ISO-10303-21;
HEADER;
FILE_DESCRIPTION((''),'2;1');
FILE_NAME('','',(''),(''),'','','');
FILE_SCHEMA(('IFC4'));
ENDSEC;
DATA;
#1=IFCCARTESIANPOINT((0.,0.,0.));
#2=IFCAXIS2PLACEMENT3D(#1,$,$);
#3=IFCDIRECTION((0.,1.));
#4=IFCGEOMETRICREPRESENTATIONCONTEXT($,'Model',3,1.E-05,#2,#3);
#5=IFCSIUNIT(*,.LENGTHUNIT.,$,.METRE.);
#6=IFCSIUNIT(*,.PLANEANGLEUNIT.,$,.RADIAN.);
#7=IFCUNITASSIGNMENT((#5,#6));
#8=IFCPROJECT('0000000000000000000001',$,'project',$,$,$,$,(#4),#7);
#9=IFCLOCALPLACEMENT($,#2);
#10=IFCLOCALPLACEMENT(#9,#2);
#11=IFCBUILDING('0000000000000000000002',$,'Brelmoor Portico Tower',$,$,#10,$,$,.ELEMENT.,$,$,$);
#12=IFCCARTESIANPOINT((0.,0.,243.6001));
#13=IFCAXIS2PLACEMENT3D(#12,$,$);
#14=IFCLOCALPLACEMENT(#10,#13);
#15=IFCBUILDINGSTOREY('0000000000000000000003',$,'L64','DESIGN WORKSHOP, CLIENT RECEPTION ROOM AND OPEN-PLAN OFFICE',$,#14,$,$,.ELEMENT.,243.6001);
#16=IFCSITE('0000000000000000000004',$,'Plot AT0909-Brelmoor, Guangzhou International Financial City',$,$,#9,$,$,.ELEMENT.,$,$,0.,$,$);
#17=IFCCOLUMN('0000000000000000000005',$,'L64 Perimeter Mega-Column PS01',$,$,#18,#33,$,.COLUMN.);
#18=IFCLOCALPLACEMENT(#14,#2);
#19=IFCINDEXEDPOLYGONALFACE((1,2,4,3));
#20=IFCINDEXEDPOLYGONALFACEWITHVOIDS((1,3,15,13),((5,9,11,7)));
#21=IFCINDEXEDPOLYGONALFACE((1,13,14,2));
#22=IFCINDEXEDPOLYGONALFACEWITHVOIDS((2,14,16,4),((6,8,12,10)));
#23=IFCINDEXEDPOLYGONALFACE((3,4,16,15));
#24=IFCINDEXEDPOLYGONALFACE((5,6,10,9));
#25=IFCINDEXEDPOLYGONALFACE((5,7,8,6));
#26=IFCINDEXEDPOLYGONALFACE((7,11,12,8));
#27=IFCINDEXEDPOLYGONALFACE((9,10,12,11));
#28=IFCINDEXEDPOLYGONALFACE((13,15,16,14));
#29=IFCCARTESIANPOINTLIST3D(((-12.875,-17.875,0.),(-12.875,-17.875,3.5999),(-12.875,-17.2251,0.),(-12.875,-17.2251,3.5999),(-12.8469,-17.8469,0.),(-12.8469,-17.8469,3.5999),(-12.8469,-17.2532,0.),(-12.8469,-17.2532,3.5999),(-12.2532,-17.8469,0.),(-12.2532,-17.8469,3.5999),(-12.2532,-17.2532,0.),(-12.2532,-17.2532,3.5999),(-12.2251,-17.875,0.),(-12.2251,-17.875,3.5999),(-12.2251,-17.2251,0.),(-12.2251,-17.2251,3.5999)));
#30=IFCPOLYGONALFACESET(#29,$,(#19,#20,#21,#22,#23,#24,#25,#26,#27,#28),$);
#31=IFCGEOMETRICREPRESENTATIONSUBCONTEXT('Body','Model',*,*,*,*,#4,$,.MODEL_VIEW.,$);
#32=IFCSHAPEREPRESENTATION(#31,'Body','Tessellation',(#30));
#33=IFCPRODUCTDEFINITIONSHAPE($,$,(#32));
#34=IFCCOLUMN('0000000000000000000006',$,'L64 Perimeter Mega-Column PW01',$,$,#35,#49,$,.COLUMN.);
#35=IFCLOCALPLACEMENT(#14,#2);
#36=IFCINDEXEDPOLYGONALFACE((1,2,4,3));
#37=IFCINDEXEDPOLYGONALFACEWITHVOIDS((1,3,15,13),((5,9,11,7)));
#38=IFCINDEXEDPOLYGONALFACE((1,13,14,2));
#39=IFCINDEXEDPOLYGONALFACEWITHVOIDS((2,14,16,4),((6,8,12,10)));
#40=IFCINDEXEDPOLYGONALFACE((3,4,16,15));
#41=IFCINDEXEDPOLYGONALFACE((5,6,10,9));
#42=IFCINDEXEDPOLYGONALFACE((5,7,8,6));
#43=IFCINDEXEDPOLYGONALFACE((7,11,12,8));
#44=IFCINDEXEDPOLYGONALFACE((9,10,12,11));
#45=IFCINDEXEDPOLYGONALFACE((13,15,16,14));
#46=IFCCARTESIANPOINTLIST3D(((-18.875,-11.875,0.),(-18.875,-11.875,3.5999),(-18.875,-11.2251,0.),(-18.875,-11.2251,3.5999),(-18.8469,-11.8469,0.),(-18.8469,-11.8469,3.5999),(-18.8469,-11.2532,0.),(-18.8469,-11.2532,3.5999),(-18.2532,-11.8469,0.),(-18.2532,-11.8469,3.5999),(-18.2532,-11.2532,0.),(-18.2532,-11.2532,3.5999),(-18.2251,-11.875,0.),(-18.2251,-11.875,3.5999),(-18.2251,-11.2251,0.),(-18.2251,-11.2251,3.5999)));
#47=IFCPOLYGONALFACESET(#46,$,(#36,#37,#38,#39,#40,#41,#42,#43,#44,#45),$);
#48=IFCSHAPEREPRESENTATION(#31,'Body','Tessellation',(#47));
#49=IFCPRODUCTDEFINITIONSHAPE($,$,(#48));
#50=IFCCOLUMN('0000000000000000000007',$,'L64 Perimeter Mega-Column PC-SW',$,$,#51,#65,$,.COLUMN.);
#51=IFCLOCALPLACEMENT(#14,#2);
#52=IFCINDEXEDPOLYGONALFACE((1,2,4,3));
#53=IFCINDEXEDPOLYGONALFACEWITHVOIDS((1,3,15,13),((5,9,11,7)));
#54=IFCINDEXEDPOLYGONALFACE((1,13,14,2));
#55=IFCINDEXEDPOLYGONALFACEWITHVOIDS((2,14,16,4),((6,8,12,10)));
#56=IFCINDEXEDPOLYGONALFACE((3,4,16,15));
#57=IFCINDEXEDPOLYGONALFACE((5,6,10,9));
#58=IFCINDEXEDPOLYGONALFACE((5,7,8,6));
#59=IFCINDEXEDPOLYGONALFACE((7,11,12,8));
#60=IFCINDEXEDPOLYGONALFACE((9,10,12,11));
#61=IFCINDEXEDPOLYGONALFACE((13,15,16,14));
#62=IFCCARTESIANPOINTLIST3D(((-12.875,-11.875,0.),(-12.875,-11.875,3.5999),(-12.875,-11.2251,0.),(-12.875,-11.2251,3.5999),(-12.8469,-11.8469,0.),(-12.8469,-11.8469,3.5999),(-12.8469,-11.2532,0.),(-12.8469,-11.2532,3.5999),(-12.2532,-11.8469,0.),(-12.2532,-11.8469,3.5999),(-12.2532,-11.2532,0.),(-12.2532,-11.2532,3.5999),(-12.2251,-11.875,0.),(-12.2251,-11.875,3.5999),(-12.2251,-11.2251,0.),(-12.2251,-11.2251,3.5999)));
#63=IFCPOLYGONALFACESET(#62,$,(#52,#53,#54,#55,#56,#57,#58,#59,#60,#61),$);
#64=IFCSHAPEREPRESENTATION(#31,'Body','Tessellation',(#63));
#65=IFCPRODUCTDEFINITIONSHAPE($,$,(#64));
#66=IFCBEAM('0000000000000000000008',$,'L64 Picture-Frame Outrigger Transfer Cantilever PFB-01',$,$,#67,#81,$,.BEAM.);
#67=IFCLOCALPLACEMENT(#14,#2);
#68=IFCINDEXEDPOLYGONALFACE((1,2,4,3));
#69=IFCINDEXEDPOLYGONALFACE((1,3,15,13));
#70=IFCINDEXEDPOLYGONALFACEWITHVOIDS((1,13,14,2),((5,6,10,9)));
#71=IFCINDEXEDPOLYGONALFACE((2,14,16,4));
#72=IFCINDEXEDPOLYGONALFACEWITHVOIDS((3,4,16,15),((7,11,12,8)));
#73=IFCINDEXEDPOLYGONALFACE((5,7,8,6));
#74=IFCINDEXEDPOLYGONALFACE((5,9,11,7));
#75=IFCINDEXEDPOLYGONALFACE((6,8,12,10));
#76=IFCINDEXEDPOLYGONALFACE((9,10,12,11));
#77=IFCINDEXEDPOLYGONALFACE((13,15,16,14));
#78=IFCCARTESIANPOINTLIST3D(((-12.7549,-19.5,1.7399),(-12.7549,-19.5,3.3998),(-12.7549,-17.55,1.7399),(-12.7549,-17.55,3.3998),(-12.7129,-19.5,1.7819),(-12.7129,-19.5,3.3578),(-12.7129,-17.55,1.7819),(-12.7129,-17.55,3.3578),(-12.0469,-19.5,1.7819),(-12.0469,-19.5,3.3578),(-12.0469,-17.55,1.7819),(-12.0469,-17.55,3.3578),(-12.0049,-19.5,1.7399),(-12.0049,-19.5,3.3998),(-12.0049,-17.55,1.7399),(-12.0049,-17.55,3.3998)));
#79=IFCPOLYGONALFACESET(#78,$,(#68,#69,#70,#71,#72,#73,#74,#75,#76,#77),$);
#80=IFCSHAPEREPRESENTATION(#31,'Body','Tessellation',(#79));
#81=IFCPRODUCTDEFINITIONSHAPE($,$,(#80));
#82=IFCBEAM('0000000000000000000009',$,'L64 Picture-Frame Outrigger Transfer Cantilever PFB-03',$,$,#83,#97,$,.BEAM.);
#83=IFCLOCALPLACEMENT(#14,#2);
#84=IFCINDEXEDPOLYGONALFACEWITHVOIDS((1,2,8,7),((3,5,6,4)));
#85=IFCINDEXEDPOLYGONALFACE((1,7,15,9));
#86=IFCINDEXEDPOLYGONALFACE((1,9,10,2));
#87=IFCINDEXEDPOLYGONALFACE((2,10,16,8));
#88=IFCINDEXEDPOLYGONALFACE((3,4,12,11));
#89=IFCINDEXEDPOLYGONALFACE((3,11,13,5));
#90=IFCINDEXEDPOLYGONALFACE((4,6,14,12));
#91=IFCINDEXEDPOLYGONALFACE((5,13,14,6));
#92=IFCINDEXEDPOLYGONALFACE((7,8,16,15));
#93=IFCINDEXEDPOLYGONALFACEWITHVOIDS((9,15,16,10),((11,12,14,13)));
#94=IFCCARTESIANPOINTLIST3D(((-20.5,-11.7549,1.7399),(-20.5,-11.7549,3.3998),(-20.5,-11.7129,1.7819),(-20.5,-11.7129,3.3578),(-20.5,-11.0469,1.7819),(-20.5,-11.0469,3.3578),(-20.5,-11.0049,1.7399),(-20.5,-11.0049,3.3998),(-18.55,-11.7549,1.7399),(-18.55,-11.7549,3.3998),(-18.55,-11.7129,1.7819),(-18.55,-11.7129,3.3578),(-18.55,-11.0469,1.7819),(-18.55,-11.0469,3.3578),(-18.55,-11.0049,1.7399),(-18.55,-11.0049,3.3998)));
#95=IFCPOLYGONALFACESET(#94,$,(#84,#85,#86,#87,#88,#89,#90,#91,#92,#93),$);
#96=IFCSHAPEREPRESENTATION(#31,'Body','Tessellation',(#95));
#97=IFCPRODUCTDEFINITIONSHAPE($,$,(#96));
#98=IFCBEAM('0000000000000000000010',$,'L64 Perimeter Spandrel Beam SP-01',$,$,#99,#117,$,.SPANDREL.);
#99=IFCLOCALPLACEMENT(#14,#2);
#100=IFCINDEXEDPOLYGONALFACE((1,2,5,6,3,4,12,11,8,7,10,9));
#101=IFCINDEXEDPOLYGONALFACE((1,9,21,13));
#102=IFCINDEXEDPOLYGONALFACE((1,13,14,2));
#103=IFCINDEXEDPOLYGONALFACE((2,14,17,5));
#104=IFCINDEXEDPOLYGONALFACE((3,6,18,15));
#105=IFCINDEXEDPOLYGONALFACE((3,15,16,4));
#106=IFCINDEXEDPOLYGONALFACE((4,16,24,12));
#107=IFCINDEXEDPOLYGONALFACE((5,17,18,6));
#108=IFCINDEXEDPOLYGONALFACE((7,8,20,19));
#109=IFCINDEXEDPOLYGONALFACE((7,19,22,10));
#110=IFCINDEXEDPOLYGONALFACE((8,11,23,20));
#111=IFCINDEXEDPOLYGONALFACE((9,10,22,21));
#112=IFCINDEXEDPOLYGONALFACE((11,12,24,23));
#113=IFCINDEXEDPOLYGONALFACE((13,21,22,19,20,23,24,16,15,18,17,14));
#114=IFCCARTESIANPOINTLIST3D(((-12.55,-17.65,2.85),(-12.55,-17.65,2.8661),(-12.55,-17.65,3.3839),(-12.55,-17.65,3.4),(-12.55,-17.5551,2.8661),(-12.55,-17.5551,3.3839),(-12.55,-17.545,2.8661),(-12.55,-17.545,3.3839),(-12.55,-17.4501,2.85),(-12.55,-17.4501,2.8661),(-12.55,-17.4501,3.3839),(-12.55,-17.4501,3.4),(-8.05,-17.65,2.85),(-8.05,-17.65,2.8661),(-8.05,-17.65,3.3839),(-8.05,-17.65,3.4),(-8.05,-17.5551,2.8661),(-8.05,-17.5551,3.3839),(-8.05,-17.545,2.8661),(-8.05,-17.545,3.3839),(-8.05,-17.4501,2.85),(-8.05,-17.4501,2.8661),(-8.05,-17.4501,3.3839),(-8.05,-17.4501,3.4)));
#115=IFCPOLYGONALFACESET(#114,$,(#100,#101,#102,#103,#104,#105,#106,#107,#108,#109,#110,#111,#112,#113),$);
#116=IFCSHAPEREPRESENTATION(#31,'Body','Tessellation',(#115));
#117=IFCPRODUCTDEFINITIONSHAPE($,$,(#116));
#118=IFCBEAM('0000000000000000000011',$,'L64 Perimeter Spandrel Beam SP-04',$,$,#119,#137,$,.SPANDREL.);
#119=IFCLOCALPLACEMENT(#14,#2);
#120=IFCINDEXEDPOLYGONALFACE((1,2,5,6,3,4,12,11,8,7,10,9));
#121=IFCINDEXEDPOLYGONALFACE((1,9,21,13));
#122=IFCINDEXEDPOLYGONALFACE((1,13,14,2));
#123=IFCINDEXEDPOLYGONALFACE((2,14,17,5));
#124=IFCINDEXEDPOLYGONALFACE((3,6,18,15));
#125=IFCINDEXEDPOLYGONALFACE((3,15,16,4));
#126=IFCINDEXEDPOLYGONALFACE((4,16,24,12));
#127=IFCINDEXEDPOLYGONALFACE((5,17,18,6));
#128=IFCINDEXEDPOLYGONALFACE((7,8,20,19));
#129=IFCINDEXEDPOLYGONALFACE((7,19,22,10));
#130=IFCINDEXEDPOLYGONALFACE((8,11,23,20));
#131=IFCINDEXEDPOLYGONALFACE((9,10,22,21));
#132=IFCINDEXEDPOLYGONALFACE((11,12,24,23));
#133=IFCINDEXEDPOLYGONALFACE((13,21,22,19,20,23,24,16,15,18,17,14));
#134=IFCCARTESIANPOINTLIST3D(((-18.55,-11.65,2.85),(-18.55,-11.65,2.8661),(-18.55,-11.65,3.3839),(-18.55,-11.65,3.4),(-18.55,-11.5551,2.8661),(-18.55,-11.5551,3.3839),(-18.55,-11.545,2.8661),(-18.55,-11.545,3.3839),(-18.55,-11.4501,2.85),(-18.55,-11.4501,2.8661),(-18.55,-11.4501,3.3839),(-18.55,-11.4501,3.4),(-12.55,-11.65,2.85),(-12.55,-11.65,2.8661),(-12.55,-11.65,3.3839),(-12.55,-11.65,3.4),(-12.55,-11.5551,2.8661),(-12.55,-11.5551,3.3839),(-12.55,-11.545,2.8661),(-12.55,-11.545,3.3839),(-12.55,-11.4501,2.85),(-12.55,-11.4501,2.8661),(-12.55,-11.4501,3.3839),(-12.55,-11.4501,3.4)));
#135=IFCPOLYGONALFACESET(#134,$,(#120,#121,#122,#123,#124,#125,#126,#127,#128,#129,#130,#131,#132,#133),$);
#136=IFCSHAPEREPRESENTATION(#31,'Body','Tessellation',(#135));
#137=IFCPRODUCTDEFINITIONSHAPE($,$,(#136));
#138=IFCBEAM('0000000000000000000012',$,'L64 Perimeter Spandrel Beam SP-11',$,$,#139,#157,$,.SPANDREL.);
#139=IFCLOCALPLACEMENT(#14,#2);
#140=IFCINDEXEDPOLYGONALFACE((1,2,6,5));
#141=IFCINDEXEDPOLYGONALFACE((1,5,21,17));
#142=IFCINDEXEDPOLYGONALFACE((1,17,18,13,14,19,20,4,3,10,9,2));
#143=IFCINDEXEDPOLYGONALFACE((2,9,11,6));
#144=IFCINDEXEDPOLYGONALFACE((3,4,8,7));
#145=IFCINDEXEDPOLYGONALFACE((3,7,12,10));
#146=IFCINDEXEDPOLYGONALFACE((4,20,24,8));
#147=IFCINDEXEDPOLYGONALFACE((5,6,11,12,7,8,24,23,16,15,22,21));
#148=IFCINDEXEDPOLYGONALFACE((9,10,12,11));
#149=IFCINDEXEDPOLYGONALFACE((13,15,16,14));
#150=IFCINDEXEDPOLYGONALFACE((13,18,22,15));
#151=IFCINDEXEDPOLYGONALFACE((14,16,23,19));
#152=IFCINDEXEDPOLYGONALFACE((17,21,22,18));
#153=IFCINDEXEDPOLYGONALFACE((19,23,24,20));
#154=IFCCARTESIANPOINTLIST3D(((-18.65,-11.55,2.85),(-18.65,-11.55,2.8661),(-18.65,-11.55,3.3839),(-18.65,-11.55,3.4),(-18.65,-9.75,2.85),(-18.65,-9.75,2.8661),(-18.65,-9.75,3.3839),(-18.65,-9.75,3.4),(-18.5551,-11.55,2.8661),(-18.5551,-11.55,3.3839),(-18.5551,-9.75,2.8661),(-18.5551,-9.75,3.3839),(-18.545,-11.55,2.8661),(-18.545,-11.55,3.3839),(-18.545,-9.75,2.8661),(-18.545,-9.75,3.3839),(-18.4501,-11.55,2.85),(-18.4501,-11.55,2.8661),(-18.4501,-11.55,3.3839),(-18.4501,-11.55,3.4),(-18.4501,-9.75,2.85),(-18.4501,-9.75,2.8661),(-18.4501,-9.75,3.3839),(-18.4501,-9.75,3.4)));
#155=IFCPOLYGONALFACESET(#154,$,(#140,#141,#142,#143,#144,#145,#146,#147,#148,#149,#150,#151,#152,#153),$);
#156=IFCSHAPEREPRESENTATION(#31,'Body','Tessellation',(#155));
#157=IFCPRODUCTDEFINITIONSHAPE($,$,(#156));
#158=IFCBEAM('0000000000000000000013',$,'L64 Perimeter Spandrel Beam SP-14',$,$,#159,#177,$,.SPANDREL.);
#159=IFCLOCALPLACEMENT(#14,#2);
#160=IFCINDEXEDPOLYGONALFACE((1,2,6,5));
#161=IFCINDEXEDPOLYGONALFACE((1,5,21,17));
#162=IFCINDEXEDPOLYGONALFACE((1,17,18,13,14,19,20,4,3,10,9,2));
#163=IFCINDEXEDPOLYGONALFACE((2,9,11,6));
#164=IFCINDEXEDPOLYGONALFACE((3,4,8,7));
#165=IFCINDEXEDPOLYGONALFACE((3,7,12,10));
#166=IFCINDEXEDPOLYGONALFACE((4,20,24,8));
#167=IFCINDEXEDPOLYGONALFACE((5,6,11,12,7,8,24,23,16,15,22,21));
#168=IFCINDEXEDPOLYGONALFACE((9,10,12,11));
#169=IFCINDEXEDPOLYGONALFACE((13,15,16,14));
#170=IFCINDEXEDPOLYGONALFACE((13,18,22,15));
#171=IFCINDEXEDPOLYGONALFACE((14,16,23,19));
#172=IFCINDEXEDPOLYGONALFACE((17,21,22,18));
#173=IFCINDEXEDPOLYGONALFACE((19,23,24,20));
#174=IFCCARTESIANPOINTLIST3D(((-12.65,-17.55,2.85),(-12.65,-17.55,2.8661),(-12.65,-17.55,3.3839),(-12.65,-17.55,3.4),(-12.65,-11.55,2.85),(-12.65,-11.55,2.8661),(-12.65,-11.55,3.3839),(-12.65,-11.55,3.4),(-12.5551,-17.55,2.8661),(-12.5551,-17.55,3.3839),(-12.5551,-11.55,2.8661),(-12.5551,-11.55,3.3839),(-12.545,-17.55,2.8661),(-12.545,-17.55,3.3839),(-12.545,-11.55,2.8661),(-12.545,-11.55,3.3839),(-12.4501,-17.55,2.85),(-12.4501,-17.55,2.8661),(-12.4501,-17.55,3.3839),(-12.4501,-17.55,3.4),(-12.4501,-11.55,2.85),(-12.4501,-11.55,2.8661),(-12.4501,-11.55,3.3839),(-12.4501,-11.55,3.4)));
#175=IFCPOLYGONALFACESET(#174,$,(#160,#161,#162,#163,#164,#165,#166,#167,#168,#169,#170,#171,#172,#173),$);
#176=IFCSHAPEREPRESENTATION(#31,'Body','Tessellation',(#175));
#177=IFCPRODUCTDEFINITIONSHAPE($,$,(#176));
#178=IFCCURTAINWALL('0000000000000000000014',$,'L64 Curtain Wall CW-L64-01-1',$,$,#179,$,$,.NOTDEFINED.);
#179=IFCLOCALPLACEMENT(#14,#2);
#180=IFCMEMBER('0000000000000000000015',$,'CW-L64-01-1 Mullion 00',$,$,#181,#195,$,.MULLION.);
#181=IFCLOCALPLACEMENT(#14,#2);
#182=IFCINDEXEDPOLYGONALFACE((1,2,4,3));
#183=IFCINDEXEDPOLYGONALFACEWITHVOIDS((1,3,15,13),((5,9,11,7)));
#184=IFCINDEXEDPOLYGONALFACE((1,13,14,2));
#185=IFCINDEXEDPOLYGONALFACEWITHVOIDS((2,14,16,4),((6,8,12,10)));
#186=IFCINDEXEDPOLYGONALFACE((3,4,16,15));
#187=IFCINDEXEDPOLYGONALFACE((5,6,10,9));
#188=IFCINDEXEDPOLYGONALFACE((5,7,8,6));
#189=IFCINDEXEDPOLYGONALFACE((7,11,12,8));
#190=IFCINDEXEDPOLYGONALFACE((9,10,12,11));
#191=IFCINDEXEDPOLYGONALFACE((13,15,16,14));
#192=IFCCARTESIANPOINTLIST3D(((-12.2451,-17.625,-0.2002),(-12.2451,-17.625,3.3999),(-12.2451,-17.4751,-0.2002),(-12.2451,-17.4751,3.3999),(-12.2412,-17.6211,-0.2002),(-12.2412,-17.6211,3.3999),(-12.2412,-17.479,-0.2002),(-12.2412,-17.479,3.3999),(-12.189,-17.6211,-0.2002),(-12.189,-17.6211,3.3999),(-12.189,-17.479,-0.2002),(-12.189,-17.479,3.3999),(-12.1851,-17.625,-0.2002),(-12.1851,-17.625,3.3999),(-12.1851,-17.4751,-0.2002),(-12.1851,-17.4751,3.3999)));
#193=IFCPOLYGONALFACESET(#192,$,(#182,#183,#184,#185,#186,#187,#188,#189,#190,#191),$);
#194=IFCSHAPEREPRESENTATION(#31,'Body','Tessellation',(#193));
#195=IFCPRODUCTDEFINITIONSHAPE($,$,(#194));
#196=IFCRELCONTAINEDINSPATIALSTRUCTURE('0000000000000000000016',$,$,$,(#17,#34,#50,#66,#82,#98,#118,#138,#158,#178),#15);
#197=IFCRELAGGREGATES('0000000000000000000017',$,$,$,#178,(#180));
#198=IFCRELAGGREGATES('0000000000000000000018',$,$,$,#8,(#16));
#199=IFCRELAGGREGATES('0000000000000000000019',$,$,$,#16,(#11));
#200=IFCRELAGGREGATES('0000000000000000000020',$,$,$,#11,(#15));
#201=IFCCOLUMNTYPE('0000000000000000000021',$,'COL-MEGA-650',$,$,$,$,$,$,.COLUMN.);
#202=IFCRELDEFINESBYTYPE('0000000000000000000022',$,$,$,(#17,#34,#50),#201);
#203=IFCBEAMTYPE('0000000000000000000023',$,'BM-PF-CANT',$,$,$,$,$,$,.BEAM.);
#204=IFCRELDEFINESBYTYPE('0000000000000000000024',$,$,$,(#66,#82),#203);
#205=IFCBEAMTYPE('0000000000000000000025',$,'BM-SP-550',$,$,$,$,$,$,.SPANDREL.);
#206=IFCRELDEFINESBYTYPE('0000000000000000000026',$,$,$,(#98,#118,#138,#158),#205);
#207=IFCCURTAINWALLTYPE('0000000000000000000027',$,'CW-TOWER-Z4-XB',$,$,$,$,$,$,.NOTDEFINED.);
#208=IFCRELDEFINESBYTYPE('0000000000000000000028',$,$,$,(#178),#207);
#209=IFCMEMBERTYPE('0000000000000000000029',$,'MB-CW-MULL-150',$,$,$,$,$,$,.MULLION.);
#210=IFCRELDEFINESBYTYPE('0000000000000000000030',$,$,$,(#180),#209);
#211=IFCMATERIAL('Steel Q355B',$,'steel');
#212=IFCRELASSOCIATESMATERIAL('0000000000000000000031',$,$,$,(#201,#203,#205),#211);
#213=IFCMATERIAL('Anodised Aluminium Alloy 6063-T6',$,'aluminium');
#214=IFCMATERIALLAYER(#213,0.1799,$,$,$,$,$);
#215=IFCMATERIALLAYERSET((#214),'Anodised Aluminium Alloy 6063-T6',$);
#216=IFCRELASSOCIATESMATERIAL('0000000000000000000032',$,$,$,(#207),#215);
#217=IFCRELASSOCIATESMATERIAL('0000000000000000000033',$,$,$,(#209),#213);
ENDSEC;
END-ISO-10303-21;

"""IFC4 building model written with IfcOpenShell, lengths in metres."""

from ifc_helpers import new_model, si_unit, direction, frame, origin, origin_2d, place, context, subcontext, project, spatial, hollow_rectangle, i_section, extrude, material, layer, layer_set, material_profile, profile_set, type_object, element, aggregate, save


model = new_model("IFC4")

# Units and contexts
model_context = context("Model", 3, precision=1e-05, world=origin(), true_north=direction((0.0, 1.0)))
body_context = subcontext(model_context, "Body", "Model", "MODEL_VIEW")
ifc_project = project(units=[si_unit("LENGTHUNIT", "METRE"), si_unit("PLANEANGLEUNIT", "RADIAN")], contexts=[model_context])

# Site, building, storey
site_placement = place(None, origin())
site = spatial("IfcSite", under=ifc_project, at=site_placement, Name="Plot AT0909-Brelmoor, Guangzhou International Financial City", CompositionType="ELEMENT", RefElevation=0.0)
building_placement = place(site_placement, origin())
building = spatial("IfcBuilding", under=site, at=building_placement, Name="Brelmoor Portico Tower", CompositionType="ELEMENT")
storey_placement = place(building_placement, frame((0.0, 0.0, 243.6001)))
storey = spatial("IfcBuildingStorey", under=building, at=storey_placement, Name="L64", Description="DESIGN WORKSHOP, CLIENT RECEPTION ROOM AND OPEN-PLAN OFFICE", CompositionType="ELEMENT", Elevation=243.6001)

# Columns
ifc_material_1 = material(Name="Steel Q355B", Category="steel")
ifc_material_profile_1 = material_profile(ifc_material_1, hollow_rectangle(XDim=0.6499, YDim=0.6499, WallThickness=0.0281, at=origin_2d()), Name="BOX 650x650x28")
ifc_profile_set_1 = profile_set([ifc_material_profile_1], Name="Steel Q355B")
column_type = type_object("IfcColumnType", Name="COL-MEGA-650", PredefinedType="COLUMN", material=ifc_profile_set_1)
for number, where, z_axis, x_axis, name in (
    (1, (-12.55, -17.55, 0.0), (0.0, 0.0, 1.0), (1.0, 0.0, 0.0), "L64 Perimeter Mega-Column PS01"),
    (2, (-18.55, -11.55, 0.0), (0.0, 0.0, 1.0), (0.0, 1.0, 0.0), "L64 Perimeter Mega-Column PW01"),
    (3, (-12.55, -11.55, 0.0), (0.0, 0.0, 1.0), (1.0, 0.0, 0.0), "L64 Perimeter Mega-Column PC-SW"),
):
    element("IfcColumn", number, at=place(storey_placement, frame(where, z_axis=z_axis, x_axis=x_axis)), inside=storey, type_object=column_type, Name=name, PredefinedType="COLUMN", context=body_context, shape_type="SweptSolid", body=[
        extrude(hollow_rectangle(XDim=0.6499, YDim=0.6499, WallThickness=0.0281, at=origin_2d()), origin(), (0.0, 0.0, 1.0), 3.5999),
    ])

# Beams
ifc_material_profile_2 = material_profile(ifc_material_1, hollow_rectangle(XDim=0.75, YDim=1.6599, WallThickness=0.042, at=origin_2d()), Name="BOX 750x1660x42")
ifc_profile_set_2 = profile_set([ifc_material_profile_2], Name="Steel Q355B")
beam_type_1 = type_object("IfcBeamType", Name="BM-PF-CANT", PredefinedType="BEAM", material=ifc_profile_set_2)
for number, where, z_axis, x_axis, name in (
    (4, (-12.3799, -19.5, 2.5698), (0.0, 1.0, 0.0), (-1.0, 0.0, 0.0), "L64 Picture-Frame Outrigger Transfer Cantilever PFB-01"),
    (5, (-20.5, -11.3799, 2.5698), (1.0, 0.0, 0.0), (0.0, 1.0, 0.0), "L64 Picture-Frame Outrigger Transfer Cantilever PFB-03"),
):
    element("IfcBeam", number, at=place(storey_placement, frame(where, z_axis=z_axis, x_axis=x_axis)), inside=storey, type_object=beam_type_1, Name=name, PredefinedType="BEAM", context=body_context, shape_type="SweptSolid", body=[
        extrude(hollow_rectangle(XDim=0.75, YDim=1.6599, WallThickness=0.042, at=origin_2d()), origin(), (0.0, 0.0, 1.0), 1.95),
    ])
ifc_material_profile_3 = material_profile(ifc_material_1, i_section(OverallWidth=0.2, OverallDepth=0.55, WebThickness=0.01, FlangeThickness=0.0161, at=origin_2d()), Name="HN 550x200x10x16")
ifc_profile_set_3 = profile_set([ifc_material_profile_3], Name="Steel Q355B")
beam_type_2 = type_object("IfcBeamType", Name="BM-SP-550", PredefinedType="SPANDREL", material=ifc_profile_set_3)
beam_1_placement = place(storey_placement, frame((-12.55, -17.55, 3.125), z_axis=(1.0, 0.0, 0.0), x_axis=(0.0, 1.0, 0.0)))
element("IfcBeam", 6, at=beam_1_placement, inside=storey, type_object=beam_type_2, Name="L64 Perimeter Spandrel Beam SP-01", PredefinedType="SPANDREL", context=body_context, shape_type="SweptSolid", body=[
    extrude(i_section(OverallWidth=0.2, OverallDepth=0.55, WebThickness=0.01, FlangeThickness=0.0161, at=origin_2d()), origin(), (0.0, 0.0, 1.0), 4.5),
])
beam_2_placement = place(storey_placement, frame((-18.55, -11.55, 3.125), z_axis=(1.0, 0.0, 0.0), x_axis=(0.0, 1.0, 0.0)))
element("IfcBeam", 7, at=beam_2_placement, inside=storey, type_object=beam_type_2, Name="L64 Perimeter Spandrel Beam SP-04", PredefinedType="SPANDREL", context=body_context, shape_type="SweptSolid", body=[
    extrude(i_section(OverallWidth=0.2, OverallDepth=0.55, WebThickness=0.01, FlangeThickness=0.0161, at=origin_2d()), origin(), (0.0, 0.0, 1.0), 6.0),
])
beam_3_placement = place(storey_placement, frame((-18.55, -11.55, 3.125), z_axis=(0.0, 1.0, 0.0), x_axis=(-1.0, 0.0, 0.0)))
element("IfcBeam", 8, at=beam_3_placement, inside=storey, type_object=beam_type_2, Name="L64 Perimeter Spandrel Beam SP-11", PredefinedType="SPANDREL", context=body_context, shape_type="SweptSolid", body=[
    extrude(i_section(OverallWidth=0.2, OverallDepth=0.55, WebThickness=0.01, FlangeThickness=0.0161, at=origin_2d()), origin(), (0.0, 0.0, 1.0), 1.8),
])
beam_4_placement = place(storey_placement, frame((-12.55, -17.55, 3.125), z_axis=(0.0, 1.0, 0.0), x_axis=(-1.0, 0.0, 0.0)))
element("IfcBeam", 9, at=beam_4_placement, inside=storey, type_object=beam_type_2, Name="L64 Perimeter Spandrel Beam SP-14", PredefinedType="SPANDREL", context=body_context, shape_type="SweptSolid", body=[
    extrude(i_section(OverallWidth=0.2, OverallDepth=0.55, WebThickness=0.01, FlangeThickness=0.0161, at=origin_2d()), origin(), (0.0, 0.0, 1.0), 6.0),
])

# Curtain wall, member
ifc_material_2 = material(Name="Anodised Aluminium Alloy 6063-T6", Category="aluminium")
ifc_layer_1 = layer(ifc_material_2, 0.1799)
ifc_layer_set_1 = layer_set([ifc_layer_1], Name="Anodised Aluminium Alloy 6063-T6")
curtain_wall_type = type_object("IfcCurtainWallType", Name="CW-TOWER-Z4-XB", PredefinedType="NOTDEFINED", material=ifc_layer_set_1)
curtain_wall_1_placement = place(storey_placement, origin())
curtain_wall_1 = element("IfcCurtainWall", 10, at=curtain_wall_1_placement, inside=storey, type_object=curtain_wall_type, Name="L64 Curtain Wall CW-L64-01-1", PredefinedType="NOTDEFINED")
ifc_material_profile_4 = material_profile(ifc_material_2, hollow_rectangle(XDim=0.0601, YDim=0.1499, WallThickness=0.0039, at=origin_2d()), Name="ALU MULLION 60x150")
ifc_profile_set_4 = profile_set([ifc_material_profile_4], Name="Anodised Aluminium Alloy 6063-T6")
member_type_1 = type_object("IfcMemberType", Name="MB-CW-MULL-150", PredefinedType="MULLION", material=ifc_profile_set_4)
member_1_placement = place(storey_placement, frame((-12.2151, -17.55, -0.2002), z_axis=(0.0, 0.0, 1.0), x_axis=(1.0, 0.0, 0.0)))
member_1 = element("IfcMember", 11, at=member_1_placement, type_object=member_type_1, Name="CW-L64-01-1 Mullion 00", PredefinedType="MULLION", context=body_context, shape_type="SweptSolid", body=[
    extrude(hollow_rectangle(XDim=0.0601, YDim=0.1499, WallThickness=0.0039, at=origin_2d()), origin(), (0.0, 0.0, 1.0), 3.6001),
])
aggregate(curtain_wall_1, [member_1])

save(model, "model.ifc")
